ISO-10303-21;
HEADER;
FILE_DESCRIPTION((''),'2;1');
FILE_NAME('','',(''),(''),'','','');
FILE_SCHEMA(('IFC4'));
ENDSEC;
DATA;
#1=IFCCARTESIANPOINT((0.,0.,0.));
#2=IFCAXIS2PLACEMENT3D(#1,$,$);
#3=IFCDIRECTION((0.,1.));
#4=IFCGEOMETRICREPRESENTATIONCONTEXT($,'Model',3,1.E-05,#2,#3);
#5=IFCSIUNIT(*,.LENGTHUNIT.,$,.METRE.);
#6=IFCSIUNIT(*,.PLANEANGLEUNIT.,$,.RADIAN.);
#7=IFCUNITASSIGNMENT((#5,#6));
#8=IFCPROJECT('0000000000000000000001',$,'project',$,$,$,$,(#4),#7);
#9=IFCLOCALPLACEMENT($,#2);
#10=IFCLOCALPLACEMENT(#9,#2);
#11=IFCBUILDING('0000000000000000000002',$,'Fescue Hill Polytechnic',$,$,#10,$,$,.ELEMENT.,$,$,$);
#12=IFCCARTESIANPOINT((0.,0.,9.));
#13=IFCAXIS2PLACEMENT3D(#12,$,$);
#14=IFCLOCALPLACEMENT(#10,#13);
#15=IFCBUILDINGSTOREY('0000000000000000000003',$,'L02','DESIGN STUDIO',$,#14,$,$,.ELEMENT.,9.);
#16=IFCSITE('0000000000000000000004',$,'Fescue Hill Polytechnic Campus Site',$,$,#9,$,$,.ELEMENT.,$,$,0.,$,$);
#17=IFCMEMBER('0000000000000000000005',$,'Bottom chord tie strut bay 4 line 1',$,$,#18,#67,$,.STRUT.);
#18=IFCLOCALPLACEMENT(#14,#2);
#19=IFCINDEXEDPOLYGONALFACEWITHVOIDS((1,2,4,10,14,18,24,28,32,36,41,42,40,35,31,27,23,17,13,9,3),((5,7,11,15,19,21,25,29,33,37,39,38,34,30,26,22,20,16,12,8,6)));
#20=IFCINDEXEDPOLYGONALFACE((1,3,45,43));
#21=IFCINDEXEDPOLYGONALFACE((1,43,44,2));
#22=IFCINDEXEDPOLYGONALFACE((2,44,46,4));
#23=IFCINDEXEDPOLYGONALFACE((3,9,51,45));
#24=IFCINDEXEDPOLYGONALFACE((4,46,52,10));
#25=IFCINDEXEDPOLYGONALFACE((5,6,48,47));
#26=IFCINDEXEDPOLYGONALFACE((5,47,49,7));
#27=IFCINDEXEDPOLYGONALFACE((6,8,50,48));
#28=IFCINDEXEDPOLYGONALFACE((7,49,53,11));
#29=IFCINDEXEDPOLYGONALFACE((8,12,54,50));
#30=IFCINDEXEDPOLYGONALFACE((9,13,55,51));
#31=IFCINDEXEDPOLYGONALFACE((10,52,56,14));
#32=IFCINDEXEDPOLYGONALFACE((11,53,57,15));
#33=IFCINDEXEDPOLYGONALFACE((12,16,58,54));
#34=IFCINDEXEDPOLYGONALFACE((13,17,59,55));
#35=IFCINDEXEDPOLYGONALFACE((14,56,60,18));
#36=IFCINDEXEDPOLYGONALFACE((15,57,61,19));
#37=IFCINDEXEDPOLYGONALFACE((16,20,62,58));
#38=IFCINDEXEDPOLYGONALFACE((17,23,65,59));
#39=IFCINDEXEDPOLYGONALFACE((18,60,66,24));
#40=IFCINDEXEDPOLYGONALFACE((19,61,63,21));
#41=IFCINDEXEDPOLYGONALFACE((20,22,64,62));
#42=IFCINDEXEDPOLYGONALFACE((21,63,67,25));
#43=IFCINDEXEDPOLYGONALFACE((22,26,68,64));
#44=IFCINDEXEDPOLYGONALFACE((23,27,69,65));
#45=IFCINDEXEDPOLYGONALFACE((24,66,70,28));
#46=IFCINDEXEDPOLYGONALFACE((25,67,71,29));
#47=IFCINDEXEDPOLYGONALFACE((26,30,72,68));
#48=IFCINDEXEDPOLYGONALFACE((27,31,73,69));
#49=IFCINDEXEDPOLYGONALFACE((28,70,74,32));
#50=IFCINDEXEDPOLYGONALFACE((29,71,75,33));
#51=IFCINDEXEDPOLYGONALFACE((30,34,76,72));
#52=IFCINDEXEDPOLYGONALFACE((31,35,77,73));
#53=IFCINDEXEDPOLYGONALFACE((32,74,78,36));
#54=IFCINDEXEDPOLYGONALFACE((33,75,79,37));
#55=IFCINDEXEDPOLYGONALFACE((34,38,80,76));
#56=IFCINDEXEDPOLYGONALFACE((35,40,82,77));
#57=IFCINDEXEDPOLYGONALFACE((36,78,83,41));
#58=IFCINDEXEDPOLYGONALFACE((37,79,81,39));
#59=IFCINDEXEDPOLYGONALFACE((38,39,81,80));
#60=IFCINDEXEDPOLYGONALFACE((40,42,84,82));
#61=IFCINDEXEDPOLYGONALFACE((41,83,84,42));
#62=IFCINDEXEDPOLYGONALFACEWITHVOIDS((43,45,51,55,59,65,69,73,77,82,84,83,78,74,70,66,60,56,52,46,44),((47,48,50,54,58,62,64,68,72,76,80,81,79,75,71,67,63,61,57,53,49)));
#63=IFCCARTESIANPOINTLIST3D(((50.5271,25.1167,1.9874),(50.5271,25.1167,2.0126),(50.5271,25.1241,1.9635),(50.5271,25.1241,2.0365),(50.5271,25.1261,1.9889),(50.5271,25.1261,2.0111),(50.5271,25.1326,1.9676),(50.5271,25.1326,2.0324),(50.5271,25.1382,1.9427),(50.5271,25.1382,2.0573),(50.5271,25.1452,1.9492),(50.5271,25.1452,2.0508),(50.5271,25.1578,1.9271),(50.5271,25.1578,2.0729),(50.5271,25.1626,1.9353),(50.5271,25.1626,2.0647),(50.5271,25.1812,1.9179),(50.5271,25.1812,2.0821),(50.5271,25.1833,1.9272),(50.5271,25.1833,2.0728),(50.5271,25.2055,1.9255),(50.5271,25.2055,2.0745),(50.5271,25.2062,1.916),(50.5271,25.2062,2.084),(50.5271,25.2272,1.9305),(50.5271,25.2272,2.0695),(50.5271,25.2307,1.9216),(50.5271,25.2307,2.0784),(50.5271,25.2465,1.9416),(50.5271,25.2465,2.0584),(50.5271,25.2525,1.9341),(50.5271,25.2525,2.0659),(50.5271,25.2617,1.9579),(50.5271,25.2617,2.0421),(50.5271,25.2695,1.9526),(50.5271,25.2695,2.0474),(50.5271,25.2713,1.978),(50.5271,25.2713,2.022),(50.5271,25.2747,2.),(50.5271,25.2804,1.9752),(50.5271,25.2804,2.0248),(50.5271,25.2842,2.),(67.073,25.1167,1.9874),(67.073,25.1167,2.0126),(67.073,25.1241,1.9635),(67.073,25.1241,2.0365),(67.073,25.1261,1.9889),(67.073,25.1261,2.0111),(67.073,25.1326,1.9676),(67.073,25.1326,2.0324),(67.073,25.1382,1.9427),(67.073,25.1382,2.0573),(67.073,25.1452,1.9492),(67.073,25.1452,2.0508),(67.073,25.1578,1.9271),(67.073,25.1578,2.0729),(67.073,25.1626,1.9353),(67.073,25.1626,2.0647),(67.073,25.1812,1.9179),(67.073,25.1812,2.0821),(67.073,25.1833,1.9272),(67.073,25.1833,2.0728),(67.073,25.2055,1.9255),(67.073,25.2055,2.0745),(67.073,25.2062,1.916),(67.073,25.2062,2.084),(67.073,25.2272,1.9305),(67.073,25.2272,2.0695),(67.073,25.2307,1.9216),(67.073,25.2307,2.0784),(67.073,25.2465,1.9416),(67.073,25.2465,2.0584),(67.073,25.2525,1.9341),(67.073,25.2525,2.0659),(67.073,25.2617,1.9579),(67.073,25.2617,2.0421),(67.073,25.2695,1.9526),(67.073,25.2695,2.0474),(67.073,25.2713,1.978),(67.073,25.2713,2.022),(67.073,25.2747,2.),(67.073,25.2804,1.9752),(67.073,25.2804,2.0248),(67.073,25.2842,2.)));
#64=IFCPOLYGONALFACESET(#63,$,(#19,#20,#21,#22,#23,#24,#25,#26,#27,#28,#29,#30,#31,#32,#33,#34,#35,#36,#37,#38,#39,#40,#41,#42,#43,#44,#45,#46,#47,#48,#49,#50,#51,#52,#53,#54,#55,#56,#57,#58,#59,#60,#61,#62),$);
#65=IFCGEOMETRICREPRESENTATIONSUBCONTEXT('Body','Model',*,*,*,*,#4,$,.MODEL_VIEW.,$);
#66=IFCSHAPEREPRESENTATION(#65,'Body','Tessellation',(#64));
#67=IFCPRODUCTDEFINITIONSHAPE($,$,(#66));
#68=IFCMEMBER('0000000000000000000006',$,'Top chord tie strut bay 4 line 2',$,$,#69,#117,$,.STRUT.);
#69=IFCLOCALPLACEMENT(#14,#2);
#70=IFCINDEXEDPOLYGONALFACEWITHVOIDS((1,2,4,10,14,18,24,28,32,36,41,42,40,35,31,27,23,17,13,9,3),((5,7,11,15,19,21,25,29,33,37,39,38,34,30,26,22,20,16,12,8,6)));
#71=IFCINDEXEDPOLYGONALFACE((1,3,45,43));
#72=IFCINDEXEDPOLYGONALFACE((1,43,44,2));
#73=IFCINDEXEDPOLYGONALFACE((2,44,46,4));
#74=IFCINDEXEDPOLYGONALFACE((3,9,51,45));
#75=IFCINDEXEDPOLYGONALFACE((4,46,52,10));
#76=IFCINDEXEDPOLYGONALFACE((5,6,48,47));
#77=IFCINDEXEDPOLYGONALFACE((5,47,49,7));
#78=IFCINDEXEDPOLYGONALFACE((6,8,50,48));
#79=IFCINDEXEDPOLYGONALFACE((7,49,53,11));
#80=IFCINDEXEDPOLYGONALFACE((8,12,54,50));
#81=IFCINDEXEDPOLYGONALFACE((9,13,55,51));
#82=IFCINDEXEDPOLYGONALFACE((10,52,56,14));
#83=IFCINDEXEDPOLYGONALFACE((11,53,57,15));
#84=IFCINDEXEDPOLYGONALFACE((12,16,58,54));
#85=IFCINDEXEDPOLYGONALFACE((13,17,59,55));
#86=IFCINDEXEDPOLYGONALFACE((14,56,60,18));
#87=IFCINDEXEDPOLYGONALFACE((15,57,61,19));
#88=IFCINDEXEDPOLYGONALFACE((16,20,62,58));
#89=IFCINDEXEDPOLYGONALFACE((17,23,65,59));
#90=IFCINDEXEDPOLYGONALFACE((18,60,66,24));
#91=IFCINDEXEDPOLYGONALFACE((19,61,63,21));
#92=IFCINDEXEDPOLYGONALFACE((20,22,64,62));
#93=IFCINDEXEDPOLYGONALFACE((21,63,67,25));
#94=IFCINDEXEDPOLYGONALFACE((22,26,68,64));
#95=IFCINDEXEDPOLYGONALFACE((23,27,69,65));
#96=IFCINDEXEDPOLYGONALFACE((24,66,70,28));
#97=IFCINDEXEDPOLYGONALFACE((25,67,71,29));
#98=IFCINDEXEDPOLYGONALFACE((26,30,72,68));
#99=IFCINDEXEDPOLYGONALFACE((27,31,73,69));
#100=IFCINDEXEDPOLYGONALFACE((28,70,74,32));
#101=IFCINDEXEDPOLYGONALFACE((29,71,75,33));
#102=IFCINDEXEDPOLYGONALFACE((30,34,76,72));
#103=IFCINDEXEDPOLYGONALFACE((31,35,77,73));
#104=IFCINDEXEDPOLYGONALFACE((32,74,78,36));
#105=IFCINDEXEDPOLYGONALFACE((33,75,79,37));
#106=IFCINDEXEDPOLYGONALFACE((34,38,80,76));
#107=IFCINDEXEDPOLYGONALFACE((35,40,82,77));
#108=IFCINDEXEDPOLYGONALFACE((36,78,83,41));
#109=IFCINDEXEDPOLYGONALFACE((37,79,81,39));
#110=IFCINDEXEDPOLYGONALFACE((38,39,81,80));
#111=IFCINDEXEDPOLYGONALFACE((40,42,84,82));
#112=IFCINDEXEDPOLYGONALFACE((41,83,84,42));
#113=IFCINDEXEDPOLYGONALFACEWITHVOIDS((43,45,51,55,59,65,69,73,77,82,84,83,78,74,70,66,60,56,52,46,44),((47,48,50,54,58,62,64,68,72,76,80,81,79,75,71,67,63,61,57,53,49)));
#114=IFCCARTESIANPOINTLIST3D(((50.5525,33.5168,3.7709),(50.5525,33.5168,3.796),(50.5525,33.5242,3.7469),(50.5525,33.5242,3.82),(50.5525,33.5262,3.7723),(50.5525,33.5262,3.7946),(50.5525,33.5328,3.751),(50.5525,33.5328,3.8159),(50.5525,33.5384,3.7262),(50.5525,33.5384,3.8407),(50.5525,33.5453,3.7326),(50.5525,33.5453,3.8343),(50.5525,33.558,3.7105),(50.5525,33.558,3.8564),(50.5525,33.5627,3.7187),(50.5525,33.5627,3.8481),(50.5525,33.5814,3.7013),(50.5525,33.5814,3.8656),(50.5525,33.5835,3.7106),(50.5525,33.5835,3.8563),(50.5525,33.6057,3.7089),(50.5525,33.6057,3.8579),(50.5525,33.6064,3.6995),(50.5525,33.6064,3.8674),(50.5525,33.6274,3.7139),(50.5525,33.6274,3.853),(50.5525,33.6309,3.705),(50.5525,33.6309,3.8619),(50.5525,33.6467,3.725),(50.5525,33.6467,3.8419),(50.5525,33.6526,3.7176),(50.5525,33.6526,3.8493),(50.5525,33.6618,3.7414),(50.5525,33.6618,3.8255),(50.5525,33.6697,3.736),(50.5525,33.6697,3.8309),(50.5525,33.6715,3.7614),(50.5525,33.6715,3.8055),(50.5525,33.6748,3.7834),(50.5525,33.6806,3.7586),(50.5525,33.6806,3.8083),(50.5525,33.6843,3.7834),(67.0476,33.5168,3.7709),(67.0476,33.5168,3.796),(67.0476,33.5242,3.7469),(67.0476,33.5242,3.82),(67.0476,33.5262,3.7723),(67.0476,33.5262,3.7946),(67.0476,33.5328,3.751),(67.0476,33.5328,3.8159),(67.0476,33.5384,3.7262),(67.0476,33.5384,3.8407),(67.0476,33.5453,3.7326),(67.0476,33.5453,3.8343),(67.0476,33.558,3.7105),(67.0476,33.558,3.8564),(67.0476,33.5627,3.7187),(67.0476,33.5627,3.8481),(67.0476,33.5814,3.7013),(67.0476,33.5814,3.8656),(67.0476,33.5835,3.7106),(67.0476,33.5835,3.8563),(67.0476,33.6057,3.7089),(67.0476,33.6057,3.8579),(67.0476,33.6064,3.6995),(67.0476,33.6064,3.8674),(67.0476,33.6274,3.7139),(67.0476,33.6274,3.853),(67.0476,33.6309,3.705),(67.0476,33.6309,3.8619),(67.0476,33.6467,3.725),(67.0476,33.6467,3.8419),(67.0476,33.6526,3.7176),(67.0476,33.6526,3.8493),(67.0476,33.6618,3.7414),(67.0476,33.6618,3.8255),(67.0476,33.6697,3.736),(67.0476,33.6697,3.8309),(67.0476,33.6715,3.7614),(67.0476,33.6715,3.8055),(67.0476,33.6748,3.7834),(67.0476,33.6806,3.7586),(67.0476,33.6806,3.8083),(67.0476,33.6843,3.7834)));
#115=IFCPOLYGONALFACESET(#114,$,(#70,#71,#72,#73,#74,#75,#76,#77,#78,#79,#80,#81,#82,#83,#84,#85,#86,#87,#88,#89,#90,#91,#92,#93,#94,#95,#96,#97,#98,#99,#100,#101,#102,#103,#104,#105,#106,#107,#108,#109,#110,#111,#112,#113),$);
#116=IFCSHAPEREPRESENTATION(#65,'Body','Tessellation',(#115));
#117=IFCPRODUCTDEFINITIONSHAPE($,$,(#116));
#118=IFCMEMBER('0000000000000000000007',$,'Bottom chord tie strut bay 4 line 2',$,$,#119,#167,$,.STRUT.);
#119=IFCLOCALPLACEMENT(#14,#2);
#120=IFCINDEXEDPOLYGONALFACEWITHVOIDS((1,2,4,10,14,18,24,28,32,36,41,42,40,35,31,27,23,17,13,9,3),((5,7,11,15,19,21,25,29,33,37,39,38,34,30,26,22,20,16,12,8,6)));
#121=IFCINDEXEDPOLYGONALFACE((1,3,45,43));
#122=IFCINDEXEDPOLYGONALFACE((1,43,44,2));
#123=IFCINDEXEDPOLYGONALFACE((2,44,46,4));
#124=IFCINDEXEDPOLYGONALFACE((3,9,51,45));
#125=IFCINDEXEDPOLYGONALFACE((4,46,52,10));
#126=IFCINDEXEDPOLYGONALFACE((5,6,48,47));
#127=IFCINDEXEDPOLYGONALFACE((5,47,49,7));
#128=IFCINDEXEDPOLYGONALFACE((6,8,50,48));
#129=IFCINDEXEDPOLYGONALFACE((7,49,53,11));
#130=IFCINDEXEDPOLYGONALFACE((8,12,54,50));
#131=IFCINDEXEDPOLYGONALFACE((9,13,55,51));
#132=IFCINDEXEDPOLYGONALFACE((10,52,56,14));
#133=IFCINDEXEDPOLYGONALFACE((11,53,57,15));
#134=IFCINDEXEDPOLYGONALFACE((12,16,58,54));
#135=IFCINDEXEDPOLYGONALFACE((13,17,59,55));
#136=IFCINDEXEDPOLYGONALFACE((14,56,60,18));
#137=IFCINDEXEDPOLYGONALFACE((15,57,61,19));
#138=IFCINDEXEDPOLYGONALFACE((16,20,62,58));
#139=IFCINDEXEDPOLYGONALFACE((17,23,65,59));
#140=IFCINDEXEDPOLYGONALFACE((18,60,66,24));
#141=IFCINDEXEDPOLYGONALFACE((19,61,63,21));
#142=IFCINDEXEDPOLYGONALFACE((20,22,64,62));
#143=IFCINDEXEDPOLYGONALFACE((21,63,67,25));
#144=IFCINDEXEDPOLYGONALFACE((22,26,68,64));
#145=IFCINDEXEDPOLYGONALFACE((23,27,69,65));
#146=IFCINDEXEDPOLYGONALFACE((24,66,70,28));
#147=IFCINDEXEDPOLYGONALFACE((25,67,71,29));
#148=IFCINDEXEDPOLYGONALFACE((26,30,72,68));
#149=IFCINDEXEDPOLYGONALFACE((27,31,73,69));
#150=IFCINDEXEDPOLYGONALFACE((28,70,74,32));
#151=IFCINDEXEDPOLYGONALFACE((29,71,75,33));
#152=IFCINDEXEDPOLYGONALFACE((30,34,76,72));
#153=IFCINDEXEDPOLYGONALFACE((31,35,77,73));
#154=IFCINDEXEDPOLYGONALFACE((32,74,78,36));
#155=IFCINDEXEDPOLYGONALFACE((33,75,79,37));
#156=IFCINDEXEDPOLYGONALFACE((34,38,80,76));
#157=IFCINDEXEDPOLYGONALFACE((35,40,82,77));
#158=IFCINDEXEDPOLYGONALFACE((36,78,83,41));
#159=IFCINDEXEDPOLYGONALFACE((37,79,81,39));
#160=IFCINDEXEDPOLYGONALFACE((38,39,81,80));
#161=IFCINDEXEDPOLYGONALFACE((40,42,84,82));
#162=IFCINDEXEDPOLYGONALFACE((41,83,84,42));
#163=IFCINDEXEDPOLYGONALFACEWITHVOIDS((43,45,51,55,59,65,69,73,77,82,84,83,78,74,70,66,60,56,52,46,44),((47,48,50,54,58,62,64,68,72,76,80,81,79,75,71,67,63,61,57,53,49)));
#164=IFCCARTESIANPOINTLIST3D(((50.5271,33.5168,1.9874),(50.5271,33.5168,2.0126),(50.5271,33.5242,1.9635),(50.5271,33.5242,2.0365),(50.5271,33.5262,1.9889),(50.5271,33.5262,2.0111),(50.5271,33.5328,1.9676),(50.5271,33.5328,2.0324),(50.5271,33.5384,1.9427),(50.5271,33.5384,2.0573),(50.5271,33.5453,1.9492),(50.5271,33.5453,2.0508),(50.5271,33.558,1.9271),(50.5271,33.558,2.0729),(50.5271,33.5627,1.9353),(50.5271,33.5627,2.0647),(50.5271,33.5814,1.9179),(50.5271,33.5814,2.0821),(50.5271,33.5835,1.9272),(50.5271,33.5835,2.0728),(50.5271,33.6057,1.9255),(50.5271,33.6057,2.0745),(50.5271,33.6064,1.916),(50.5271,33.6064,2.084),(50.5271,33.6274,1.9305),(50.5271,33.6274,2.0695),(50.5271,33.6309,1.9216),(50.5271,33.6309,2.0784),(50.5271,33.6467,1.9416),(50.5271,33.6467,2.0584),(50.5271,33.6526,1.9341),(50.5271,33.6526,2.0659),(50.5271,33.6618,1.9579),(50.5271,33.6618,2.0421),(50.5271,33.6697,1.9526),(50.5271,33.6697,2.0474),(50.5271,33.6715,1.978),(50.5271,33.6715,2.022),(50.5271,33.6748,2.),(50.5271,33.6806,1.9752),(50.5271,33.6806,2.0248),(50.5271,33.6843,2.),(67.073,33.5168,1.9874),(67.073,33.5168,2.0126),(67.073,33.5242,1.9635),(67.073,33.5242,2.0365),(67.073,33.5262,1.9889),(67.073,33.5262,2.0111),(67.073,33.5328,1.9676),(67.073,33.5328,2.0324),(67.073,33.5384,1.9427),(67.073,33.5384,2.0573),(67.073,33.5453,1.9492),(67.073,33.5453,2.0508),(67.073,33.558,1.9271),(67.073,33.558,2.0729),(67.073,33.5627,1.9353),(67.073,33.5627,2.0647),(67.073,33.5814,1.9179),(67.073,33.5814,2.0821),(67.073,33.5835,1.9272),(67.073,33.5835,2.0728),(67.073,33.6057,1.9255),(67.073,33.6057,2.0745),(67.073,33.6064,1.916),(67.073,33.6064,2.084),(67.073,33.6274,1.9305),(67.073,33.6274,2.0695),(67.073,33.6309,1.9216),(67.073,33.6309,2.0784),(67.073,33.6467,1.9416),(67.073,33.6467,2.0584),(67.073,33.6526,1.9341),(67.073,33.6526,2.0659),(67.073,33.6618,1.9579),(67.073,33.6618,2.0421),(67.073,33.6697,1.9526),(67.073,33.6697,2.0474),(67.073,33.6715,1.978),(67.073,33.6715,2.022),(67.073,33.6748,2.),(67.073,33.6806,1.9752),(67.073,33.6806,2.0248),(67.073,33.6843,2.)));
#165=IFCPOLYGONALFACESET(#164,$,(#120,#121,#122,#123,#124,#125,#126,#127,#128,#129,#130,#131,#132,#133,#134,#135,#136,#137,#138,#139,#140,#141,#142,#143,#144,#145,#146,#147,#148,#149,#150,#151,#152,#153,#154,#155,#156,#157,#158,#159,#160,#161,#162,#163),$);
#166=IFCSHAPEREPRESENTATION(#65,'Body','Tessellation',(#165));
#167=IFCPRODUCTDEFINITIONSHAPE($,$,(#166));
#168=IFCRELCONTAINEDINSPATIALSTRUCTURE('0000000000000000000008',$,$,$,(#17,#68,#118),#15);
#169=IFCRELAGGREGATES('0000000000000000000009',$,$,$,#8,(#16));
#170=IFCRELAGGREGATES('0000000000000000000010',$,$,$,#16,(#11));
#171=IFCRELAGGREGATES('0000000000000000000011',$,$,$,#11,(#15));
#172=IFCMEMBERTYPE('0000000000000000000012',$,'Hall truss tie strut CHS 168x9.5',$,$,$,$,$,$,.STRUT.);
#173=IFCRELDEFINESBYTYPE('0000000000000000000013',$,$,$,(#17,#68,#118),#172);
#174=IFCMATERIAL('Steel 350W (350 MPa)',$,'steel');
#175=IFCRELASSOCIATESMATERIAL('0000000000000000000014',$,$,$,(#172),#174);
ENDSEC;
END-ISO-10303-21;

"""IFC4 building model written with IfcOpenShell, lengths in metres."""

from ifc_helpers import new_model, si_unit, direction, frame, origin, origin_2d, place, context, subcontext, project, spatial, hollow_circle, extrude, material, material_profile, profile_set, type_object, element, save


model = new_model("IFC4")

# Units and contexts
model_context = context("Model", 3, precision=1e-05, world=origin(), true_north=direction((0.0, 1.0)))
body_context = subcontext(model_context, "Body", "Model", "MODEL_VIEW")
ifc_project = project(units=[si_unit("LENGTHUNIT", "METRE"), si_unit("PLANEANGLEUNIT", "RADIAN")], contexts=[model_context])

# Site, building, storey
site_placement = place(None, origin())
site = spatial("IfcSite", under=ifc_project, at=site_placement, Name="Fescue Hill Polytechnic Campus Site", CompositionType="ELEMENT", RefElevation=0.0)
building_placement = place(site_placement, origin())
building = spatial("IfcBuilding", under=site, at=building_placement, Name="Fescue Hill Polytechnic", CompositionType="ELEMENT")
storey_placement = place(building_placement, frame((0.0, 0.0, 9.0)))
storey = spatial("IfcBuildingStorey", under=building, at=storey_placement, Name="L02", Description="DESIGN STUDIO", CompositionType="ELEMENT", Elevation=9.0)

# Members
ifc_material = material(Name="Steel 350W (350 MPa)", Category="steel")
ifc_material_profile_1 = material_profile(ifc_material, hollow_circle(Radius=0.0842, WallThickness=0.0095, at=origin_2d()), Name="Hall truss tie strut CHS 168x9.5")
ifc_profile_set_1 = profile_set([ifc_material_profile_1], Name="Steel 350W (350 MPa)")
member_type_1 = type_object("IfcMemberType", Name="Hall truss tie strut CHS 168x9.5", PredefinedType="STRUT", material=ifc_profile_set_1)
member_1_placement = place(storey_placement, frame((50.5271, 25.2, 2.0), z_axis=(1.0, 0.0, 0.0), x_axis=(0.0, 1.0, 0.0)))
element("IfcMember", 1, at=member_1_placement, inside=storey, type_object=member_type_1, Name="Bottom chord tie strut bay 4 line 1", PredefinedType="STRUT", context=body_context, shape_type="SweptSolid", body=[
    extrude(hollow_circle(Radius=0.0842, WallThickness=0.0095, at=origin_2d()), origin(), (0.0, 0.0, 1.0), 16.5459),
])
member_2_placement = place(storey_placement, frame((50.5525, 33.6001, 3.7834), z_axis=(1.0, 0.0, 0.0), x_axis=(0.0, 1.0, 0.0)))
element("IfcMember", 2, at=member_2_placement, inside=storey, type_object=member_type_1, Name="Top chord tie strut bay 4 line 2", PredefinedType="STRUT", context=body_context, shape_type="SweptSolid", body=[
    extrude(hollow_circle(Radius=0.0842, WallThickness=0.0095, at=origin_2d()), origin(), (0.0, 0.0, 1.0), 16.4951),
])
member_3_placement = place(storey_placement, frame((50.5271, 33.6001, 2.0), z_axis=(1.0, 0.0, 0.0), x_axis=(0.0, 1.0, 0.0)))
element("IfcMember", 3, at=member_3_placement, inside=storey, type_object=member_type_1, Name="Bottom chord tie strut bay 4 line 2", PredefinedType="STRUT", context=body_context, shape_type="SweptSolid", body=[
    extrude(hollow_circle(Radius=0.0842, WallThickness=0.0095, at=origin_2d()), origin(), (0.0, 0.0, 1.0), 16.5459),
])

save(model, "model.ifc")
